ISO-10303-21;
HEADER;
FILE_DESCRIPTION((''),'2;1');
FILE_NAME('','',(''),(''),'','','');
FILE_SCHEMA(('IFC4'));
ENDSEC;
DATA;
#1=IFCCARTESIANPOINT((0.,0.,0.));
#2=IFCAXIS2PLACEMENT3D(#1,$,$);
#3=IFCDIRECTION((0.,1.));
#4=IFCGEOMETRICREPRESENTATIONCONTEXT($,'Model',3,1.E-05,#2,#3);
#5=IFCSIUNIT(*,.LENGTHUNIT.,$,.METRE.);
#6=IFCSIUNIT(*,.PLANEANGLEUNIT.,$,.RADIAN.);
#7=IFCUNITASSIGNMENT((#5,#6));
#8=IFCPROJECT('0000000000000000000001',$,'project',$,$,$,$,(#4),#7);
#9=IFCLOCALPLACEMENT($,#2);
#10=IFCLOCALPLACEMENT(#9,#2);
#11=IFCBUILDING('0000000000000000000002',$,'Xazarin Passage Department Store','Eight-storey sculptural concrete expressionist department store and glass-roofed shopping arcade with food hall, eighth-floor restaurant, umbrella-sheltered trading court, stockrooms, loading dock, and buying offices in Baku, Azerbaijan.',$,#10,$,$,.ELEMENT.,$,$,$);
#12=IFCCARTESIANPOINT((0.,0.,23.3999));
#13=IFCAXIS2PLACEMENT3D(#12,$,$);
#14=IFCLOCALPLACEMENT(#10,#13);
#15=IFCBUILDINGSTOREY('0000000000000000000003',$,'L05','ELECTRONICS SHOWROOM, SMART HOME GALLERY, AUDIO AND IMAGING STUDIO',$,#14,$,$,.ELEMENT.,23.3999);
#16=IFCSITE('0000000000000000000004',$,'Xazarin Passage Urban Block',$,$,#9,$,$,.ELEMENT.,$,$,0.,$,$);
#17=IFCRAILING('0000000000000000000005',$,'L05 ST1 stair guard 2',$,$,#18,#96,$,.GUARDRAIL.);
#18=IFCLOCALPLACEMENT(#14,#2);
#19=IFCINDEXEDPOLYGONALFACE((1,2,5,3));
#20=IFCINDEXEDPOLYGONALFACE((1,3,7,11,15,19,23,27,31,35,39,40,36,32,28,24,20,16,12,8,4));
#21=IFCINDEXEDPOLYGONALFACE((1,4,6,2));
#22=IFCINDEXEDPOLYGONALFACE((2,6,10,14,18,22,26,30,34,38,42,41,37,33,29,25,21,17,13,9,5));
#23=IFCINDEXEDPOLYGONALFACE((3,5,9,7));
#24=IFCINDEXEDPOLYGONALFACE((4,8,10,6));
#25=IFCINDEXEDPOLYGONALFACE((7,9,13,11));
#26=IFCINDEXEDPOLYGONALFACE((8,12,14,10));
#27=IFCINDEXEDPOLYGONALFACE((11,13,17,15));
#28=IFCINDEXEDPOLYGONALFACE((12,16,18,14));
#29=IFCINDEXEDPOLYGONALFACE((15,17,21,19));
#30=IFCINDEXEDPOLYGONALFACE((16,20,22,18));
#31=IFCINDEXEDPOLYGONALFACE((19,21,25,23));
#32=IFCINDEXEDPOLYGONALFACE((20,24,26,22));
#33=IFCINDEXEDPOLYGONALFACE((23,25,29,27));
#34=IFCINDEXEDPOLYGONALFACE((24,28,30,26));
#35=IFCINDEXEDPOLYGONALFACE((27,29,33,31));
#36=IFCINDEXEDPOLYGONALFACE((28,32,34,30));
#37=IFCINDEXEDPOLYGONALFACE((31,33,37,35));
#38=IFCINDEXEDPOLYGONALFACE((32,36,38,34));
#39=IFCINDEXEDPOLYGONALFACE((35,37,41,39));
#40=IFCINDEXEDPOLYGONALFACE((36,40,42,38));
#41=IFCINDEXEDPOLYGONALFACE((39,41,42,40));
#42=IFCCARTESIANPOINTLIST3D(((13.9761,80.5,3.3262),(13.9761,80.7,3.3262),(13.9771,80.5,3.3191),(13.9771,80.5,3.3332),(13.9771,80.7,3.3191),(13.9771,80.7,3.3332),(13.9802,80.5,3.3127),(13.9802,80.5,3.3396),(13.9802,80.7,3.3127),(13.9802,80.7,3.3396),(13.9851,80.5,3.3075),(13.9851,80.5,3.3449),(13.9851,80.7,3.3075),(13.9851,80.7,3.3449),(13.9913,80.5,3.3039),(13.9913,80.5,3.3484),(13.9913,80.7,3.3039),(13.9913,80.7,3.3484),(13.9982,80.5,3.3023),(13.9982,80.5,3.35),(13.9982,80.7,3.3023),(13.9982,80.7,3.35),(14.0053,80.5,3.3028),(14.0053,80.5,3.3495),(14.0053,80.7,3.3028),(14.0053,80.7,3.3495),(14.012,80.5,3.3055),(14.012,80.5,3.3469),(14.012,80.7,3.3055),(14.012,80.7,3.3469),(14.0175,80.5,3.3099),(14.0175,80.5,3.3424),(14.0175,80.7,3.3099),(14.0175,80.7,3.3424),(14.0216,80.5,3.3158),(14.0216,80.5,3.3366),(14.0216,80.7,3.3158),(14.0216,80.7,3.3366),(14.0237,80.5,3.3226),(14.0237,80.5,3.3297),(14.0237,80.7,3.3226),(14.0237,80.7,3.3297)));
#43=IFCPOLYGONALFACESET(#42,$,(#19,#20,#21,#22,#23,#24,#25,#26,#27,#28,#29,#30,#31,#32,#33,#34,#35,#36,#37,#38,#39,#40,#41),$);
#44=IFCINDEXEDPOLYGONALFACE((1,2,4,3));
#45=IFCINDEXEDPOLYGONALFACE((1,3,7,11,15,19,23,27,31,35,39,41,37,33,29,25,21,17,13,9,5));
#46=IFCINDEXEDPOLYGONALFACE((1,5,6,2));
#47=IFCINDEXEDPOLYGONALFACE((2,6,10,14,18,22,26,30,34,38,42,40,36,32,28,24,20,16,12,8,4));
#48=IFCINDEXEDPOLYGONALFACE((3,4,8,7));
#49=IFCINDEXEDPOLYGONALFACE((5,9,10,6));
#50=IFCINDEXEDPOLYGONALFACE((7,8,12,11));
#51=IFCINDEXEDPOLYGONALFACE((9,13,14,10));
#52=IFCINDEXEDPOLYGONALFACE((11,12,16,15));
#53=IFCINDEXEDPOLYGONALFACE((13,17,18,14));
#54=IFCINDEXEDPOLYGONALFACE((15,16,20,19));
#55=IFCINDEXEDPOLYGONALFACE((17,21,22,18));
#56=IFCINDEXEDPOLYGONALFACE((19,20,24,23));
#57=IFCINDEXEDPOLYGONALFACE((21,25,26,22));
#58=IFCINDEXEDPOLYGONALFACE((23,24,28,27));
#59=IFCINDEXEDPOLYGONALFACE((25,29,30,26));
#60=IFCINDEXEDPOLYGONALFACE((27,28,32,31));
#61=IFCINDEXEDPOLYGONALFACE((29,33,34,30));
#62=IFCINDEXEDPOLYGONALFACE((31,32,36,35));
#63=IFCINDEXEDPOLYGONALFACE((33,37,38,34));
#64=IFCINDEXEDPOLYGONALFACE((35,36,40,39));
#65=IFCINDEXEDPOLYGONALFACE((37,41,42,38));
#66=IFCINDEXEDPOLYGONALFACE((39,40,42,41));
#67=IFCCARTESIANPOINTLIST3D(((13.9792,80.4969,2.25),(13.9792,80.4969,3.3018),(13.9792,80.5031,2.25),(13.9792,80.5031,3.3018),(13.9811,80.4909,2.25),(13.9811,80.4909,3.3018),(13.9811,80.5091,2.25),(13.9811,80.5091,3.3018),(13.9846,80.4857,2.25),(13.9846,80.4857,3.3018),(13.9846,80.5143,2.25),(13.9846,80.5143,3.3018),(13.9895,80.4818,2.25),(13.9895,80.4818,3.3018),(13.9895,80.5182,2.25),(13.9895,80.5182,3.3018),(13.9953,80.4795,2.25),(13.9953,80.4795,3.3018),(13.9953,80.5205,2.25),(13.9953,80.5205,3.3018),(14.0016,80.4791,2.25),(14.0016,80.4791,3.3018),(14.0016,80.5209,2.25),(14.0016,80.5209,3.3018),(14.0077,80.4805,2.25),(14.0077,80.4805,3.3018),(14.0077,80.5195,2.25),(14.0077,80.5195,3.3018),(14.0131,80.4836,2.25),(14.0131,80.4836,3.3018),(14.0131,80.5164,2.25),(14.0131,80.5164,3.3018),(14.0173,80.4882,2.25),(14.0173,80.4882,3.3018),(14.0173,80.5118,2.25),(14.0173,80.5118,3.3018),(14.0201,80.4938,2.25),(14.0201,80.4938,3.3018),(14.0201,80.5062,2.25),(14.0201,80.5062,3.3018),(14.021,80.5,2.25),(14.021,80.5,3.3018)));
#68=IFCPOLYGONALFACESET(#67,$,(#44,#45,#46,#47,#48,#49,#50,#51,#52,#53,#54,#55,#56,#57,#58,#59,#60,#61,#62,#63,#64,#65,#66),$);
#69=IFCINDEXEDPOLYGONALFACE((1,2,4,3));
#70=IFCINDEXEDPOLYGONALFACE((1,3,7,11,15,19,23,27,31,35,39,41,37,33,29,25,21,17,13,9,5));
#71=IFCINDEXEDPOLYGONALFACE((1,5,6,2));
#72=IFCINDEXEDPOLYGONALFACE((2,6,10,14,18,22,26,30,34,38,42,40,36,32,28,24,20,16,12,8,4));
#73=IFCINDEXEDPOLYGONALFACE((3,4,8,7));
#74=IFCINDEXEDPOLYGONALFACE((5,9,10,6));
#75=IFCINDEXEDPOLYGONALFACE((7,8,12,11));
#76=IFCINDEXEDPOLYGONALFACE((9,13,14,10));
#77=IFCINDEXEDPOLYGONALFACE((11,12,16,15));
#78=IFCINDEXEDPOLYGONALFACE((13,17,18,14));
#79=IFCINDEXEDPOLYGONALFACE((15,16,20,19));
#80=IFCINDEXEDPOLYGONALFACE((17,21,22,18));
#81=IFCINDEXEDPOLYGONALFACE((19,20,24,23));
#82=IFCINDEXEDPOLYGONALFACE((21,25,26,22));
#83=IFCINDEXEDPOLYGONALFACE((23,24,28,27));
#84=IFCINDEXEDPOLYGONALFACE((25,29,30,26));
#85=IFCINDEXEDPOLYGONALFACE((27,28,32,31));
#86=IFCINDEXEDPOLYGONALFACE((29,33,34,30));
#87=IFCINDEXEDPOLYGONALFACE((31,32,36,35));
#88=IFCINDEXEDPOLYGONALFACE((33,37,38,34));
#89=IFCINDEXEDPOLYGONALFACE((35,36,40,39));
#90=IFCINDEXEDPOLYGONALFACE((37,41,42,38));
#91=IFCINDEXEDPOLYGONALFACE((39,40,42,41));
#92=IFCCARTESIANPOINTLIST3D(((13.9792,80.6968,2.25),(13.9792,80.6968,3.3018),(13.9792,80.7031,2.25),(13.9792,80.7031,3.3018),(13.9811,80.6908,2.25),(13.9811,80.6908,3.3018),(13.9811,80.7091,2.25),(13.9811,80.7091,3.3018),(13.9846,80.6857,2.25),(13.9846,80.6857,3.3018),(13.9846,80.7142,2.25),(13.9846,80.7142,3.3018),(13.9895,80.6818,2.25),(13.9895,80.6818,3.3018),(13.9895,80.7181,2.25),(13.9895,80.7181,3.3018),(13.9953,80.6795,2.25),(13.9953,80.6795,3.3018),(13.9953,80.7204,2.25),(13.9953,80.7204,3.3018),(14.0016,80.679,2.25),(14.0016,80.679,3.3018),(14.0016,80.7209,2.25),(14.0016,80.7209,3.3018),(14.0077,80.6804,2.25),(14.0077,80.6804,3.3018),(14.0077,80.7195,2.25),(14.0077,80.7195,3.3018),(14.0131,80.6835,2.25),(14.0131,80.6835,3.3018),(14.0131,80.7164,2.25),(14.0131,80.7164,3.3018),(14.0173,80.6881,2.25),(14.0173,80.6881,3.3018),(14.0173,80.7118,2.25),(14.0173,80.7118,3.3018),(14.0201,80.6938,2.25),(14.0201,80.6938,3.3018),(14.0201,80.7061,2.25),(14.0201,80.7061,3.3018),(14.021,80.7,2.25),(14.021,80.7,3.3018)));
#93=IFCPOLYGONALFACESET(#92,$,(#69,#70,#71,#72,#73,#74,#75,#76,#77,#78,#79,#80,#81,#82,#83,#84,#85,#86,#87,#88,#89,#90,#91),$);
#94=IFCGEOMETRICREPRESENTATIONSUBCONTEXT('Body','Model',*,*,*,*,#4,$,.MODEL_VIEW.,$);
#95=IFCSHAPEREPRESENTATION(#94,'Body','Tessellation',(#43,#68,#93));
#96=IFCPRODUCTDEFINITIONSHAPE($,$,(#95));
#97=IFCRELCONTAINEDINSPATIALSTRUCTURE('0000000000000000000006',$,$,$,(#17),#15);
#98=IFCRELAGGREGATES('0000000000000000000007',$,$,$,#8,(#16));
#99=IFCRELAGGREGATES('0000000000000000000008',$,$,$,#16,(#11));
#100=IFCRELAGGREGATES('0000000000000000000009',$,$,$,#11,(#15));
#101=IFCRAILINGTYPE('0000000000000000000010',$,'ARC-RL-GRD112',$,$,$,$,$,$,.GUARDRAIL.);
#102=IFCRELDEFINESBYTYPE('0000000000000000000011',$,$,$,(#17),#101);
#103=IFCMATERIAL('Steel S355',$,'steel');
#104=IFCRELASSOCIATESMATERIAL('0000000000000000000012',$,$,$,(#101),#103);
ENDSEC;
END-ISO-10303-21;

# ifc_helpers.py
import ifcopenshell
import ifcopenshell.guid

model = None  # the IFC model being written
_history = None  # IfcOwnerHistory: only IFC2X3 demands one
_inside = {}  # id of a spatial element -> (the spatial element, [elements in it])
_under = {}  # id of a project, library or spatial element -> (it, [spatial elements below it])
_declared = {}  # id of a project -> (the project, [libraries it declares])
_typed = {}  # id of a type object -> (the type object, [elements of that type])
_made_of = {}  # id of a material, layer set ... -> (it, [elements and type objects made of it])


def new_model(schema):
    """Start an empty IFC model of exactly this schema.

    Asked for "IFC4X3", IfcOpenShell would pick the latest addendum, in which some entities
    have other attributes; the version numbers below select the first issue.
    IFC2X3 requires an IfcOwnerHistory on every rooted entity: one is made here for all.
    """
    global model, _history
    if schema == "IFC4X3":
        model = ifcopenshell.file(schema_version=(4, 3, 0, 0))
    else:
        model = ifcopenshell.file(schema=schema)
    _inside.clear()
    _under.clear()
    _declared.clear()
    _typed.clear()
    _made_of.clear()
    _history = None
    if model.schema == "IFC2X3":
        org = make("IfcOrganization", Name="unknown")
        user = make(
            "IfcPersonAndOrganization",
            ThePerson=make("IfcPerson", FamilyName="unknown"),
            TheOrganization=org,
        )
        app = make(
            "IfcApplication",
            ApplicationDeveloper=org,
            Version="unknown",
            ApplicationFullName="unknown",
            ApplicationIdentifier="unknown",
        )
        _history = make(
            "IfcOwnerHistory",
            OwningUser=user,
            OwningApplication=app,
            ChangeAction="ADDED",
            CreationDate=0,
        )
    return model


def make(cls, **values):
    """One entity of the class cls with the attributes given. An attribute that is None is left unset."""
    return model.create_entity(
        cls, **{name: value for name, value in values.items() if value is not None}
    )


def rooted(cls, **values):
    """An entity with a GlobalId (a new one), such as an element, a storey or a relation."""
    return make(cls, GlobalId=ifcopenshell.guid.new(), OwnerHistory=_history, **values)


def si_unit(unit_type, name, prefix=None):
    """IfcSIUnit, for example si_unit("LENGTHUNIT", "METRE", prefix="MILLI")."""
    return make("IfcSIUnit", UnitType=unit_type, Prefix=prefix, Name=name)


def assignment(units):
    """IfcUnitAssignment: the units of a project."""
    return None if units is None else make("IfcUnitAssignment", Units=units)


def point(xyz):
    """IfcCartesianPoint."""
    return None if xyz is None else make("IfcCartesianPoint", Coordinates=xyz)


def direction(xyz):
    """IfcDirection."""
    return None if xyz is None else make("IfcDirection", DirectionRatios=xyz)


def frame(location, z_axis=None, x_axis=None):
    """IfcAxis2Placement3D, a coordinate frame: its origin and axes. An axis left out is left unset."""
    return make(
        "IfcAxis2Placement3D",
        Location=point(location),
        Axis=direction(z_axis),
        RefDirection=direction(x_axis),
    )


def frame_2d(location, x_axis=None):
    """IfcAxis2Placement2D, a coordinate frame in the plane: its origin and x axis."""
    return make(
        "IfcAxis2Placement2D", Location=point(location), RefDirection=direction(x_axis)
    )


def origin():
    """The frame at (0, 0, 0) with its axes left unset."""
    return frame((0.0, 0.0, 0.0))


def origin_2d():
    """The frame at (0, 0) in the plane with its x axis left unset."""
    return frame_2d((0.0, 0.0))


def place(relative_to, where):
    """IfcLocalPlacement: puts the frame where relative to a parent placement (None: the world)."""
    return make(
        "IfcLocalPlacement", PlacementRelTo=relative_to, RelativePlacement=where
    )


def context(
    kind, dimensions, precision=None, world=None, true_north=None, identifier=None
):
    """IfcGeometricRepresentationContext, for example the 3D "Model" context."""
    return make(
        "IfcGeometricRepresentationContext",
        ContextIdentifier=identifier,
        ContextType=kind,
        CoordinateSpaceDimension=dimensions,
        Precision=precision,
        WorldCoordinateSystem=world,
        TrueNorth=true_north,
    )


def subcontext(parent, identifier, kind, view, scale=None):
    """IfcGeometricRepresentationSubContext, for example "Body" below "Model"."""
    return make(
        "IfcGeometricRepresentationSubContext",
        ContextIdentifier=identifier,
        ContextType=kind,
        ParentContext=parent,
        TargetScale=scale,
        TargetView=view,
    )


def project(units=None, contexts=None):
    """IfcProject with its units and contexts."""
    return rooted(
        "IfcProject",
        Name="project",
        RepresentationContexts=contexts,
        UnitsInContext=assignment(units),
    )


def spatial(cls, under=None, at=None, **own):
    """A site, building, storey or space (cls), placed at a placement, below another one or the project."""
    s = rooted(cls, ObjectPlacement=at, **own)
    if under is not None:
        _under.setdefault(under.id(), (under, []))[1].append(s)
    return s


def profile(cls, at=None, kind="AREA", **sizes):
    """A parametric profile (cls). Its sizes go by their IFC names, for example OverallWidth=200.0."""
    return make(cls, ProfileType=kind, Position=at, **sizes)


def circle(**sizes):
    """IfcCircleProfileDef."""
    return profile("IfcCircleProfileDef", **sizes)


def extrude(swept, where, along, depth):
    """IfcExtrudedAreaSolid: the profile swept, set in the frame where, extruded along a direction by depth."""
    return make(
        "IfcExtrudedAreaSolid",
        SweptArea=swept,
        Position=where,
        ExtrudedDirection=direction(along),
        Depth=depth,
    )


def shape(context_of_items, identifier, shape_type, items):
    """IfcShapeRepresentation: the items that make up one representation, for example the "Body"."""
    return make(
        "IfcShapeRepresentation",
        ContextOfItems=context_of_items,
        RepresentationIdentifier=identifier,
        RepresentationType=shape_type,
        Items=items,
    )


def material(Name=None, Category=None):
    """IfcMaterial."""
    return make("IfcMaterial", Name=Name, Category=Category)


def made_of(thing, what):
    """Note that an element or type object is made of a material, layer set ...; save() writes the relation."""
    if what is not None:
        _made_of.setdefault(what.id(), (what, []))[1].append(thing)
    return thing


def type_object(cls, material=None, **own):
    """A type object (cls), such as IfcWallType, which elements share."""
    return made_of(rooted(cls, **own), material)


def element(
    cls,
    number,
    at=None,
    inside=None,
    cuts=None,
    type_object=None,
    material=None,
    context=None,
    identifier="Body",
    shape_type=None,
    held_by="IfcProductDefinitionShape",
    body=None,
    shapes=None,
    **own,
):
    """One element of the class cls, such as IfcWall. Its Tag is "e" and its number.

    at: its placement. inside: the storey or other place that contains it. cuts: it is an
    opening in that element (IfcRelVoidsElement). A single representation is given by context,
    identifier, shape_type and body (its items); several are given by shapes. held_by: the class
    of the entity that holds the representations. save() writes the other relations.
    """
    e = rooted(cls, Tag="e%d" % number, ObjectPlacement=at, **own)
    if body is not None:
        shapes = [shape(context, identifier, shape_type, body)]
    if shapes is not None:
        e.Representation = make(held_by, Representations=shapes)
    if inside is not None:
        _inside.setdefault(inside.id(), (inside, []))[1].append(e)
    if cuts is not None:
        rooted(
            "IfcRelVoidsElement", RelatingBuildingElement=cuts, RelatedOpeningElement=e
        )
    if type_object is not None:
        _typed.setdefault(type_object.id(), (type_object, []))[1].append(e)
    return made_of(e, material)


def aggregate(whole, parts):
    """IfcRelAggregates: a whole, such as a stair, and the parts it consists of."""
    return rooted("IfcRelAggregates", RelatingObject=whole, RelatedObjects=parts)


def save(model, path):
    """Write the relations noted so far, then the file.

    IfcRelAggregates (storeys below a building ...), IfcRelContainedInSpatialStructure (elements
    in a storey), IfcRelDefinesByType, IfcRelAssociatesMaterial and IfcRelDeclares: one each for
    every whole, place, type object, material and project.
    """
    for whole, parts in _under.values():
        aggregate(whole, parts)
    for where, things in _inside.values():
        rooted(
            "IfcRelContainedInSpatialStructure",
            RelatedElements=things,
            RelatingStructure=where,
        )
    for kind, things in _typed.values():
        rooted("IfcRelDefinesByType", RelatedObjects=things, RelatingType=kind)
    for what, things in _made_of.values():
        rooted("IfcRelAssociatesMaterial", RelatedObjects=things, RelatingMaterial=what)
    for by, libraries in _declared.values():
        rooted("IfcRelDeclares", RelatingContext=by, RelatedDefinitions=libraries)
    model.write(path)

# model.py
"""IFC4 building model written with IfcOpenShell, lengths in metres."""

from ifc_helpers import new_model, si_unit, direction, frame, origin, origin_2d, place, context, subcontext, project, spatial, circle, extrude, material, type_object, element, save


model = new_model("IFC4")

# Units and contexts
model_context = context("Model", 3, precision=1e-05, world=origin(), true_north=direction((0.0, 1.0)))
body_context = subcontext(model_context, "Body", "Model", "MODEL_VIEW")
ifc_project = project(units=[si_unit("LENGTHUNIT", "METRE"), si_unit("PLANEANGLEUNIT", "RADIAN")], contexts=[model_context])

# Site, building, storey
site_placement = place(None, origin())
site = spatial("IfcSite", under=ifc_project, at=site_placement, Name="Xazarin Passage Urban Block", CompositionType="ELEMENT", RefElevation=0.0)
building_placement = place(site_placement, origin())
building = spatial("IfcBuilding", under=site, at=building_placement, Name="Xazarin Passage Department Store", Description="Eight-storey sculptural concrete expressionist department store and glass-roofed shopping arcade with food hall, eighth-floor restaurant, umbrella-sheltered trading court, stockrooms, loading dock, and buying offices in Baku, Azerbaijan.", CompositionType="ELEMENT")
storey_placement = place(building_placement, frame((0.0, 0.0, 23.3999)))
storey = spatial("IfcBuildingStorey", under=building, at=storey_placement, Name="L05", Description="ELECTRONICS SHOWROOM, SMART HOME GALLERY, AUDIO AND IMAGING STUDIO", CompositionType="ELEMENT", Elevation=23.3999)

# Railing
ifc_material_1 = material(Name="Steel S355", Category="steel")
railing_type_1 = type_object("IfcRailingType", Name="ARC-RL-GRD112", PredefinedType="GUARDRAIL", material=ifc_material_1)
railing_1_placement = place(storey_placement, frame((14.0, 80.5, 2.25)))
element("IfcRailing", 1, at=railing_1_placement, inside=storey, type_object=railing_type_1, Name="L05 ST1 stair guard 2", PredefinedType="GUARDRAIL", context=body_context, shape_type="SweptSolid", body=[
    extrude(circle(Radius=0.0239, at=origin_2d()), frame((0.0, 0.0, 1.0762), z_axis=(0.0, 1.0, 0.0), x_axis=(-1.0, 0.0, 0.0)), (0.0, 0.0, 1.0), 0.2),
    extrude(circle(Radius=0.021, at=origin_2d()), origin(), (0.0, 0.0, 1.0), 1.0518),
    extrude(circle(Radius=0.021, at=origin_2d()), frame((0.0, 0.2, 0.0)), (0.0, 0.0, 1.0), 1.0518),
])

save(model, "model.ifc")
